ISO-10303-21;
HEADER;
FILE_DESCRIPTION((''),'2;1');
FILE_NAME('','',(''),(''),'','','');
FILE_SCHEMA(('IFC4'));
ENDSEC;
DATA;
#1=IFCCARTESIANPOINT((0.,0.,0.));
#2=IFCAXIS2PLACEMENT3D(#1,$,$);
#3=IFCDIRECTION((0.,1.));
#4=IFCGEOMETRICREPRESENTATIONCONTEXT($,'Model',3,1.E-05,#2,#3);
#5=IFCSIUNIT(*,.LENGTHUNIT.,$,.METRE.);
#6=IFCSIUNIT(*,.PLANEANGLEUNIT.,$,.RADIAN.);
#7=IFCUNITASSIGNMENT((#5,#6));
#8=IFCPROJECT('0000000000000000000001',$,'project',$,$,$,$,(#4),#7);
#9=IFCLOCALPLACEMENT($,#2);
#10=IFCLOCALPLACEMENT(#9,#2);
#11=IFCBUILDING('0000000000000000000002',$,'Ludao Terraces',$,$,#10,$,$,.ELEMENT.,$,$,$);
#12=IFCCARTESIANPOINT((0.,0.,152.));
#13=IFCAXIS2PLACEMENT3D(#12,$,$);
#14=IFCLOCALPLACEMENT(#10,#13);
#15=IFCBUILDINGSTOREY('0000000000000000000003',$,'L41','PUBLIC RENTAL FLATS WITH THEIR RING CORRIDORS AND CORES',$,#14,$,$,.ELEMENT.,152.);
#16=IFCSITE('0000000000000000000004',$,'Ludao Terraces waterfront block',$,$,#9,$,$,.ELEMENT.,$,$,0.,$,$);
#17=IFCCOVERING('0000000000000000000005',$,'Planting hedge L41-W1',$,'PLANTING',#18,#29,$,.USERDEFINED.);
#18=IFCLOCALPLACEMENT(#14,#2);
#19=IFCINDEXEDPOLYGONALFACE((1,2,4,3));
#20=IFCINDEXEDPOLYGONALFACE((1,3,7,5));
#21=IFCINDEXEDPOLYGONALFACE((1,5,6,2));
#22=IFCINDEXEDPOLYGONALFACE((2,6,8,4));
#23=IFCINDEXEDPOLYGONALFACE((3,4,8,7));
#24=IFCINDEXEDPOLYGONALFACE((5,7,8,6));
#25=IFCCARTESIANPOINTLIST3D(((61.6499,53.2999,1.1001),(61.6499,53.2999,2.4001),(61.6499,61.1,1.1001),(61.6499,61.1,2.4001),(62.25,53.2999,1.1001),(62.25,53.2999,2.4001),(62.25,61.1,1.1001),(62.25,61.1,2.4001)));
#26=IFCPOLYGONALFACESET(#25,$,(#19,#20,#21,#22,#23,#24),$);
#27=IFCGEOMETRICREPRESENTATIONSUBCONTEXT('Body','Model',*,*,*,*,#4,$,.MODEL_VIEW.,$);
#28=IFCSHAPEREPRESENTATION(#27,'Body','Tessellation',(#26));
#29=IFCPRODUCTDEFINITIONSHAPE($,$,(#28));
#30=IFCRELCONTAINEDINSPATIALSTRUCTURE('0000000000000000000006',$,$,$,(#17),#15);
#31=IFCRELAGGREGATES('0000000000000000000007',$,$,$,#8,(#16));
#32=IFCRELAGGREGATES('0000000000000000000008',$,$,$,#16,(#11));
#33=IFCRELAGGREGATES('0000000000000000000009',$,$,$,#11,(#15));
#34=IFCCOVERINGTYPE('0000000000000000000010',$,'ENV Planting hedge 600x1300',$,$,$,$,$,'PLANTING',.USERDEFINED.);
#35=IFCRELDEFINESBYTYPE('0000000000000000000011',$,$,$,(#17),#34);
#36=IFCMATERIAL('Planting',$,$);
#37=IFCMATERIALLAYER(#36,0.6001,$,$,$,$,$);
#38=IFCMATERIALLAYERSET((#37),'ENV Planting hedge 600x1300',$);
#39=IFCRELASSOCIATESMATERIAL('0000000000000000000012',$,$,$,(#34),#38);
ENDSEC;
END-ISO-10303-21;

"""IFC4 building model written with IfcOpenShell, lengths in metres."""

from ifc_helpers import new_model, si_unit, direction, frame, origin, origin_2d, place, context, subcontext, project, spatial, rectangle, extrude, material, layer, layer_set, type_object, element, save


model = new_model("IFC4")

# Units and contexts
model_context = context("Model", 3, precision=1e-05, world=origin(), true_north=direction((0.0, 1.0)))
body_context = subcontext(model_context, "Body", "Model", "MODEL_VIEW")
ifc_project = project(units=[si_unit("LENGTHUNIT", "METRE"), si_unit("PLANEANGLEUNIT", "RADIAN")], contexts=[model_context])

# Site, building, storey
site_placement = place(None, origin())
site = spatial("IfcSite", under=ifc_project, at=site_placement, Name="Ludao Terraces waterfront block", CompositionType="ELEMENT", RefElevation=0.0)
building_placement = place(site_placement, origin())
building = spatial("IfcBuilding", under=site, at=building_placement, Name="Ludao Terraces", CompositionType="ELEMENT")
storey_placement = place(building_placement, frame((0.0, 0.0, 152.0)))
storey = spatial("IfcBuildingStorey", under=building, at=storey_placement, Name="L41", Description="PUBLIC RENTAL FLATS WITH THEIR RING CORRIDORS AND CORES", CompositionType="ELEMENT", Elevation=152.0)

# Covering
ifc_material_1 = material(Name="Planting")
ifc_layer_1 = layer(ifc_material_1, 0.6001)
ifc_layer_set_1 = layer_set([ifc_layer_1], Name="ENV Planting hedge 600x1300")
covering_type = type_object("IfcCoveringType", Name="ENV Planting hedge 600x1300", ElementType="PLANTING", PredefinedType="USERDEFINED", material=ifc_layer_set_1)
covering_placement = place(storey_placement, frame((61.95, 57.2, 1.1001), z_axis=(0.0, 0.0, 1.0), x_axis=(1.0, 0.0, 0.0)))
element("IfcCovering", 1, at=covering_placement, inside=storey, type_object=covering_type, Name="Planting hedge L41-W1", ObjectType="PLANTING", PredefinedType="USERDEFINED", context=body_context, shape_type="SweptSolid", body=[
    extrude(rectangle(XDim=0.6001, YDim=7.8, at=origin_2d()), origin(), (0.0, 0.0, 1.0), 1.3),
])

save(model, "model.ifc")
